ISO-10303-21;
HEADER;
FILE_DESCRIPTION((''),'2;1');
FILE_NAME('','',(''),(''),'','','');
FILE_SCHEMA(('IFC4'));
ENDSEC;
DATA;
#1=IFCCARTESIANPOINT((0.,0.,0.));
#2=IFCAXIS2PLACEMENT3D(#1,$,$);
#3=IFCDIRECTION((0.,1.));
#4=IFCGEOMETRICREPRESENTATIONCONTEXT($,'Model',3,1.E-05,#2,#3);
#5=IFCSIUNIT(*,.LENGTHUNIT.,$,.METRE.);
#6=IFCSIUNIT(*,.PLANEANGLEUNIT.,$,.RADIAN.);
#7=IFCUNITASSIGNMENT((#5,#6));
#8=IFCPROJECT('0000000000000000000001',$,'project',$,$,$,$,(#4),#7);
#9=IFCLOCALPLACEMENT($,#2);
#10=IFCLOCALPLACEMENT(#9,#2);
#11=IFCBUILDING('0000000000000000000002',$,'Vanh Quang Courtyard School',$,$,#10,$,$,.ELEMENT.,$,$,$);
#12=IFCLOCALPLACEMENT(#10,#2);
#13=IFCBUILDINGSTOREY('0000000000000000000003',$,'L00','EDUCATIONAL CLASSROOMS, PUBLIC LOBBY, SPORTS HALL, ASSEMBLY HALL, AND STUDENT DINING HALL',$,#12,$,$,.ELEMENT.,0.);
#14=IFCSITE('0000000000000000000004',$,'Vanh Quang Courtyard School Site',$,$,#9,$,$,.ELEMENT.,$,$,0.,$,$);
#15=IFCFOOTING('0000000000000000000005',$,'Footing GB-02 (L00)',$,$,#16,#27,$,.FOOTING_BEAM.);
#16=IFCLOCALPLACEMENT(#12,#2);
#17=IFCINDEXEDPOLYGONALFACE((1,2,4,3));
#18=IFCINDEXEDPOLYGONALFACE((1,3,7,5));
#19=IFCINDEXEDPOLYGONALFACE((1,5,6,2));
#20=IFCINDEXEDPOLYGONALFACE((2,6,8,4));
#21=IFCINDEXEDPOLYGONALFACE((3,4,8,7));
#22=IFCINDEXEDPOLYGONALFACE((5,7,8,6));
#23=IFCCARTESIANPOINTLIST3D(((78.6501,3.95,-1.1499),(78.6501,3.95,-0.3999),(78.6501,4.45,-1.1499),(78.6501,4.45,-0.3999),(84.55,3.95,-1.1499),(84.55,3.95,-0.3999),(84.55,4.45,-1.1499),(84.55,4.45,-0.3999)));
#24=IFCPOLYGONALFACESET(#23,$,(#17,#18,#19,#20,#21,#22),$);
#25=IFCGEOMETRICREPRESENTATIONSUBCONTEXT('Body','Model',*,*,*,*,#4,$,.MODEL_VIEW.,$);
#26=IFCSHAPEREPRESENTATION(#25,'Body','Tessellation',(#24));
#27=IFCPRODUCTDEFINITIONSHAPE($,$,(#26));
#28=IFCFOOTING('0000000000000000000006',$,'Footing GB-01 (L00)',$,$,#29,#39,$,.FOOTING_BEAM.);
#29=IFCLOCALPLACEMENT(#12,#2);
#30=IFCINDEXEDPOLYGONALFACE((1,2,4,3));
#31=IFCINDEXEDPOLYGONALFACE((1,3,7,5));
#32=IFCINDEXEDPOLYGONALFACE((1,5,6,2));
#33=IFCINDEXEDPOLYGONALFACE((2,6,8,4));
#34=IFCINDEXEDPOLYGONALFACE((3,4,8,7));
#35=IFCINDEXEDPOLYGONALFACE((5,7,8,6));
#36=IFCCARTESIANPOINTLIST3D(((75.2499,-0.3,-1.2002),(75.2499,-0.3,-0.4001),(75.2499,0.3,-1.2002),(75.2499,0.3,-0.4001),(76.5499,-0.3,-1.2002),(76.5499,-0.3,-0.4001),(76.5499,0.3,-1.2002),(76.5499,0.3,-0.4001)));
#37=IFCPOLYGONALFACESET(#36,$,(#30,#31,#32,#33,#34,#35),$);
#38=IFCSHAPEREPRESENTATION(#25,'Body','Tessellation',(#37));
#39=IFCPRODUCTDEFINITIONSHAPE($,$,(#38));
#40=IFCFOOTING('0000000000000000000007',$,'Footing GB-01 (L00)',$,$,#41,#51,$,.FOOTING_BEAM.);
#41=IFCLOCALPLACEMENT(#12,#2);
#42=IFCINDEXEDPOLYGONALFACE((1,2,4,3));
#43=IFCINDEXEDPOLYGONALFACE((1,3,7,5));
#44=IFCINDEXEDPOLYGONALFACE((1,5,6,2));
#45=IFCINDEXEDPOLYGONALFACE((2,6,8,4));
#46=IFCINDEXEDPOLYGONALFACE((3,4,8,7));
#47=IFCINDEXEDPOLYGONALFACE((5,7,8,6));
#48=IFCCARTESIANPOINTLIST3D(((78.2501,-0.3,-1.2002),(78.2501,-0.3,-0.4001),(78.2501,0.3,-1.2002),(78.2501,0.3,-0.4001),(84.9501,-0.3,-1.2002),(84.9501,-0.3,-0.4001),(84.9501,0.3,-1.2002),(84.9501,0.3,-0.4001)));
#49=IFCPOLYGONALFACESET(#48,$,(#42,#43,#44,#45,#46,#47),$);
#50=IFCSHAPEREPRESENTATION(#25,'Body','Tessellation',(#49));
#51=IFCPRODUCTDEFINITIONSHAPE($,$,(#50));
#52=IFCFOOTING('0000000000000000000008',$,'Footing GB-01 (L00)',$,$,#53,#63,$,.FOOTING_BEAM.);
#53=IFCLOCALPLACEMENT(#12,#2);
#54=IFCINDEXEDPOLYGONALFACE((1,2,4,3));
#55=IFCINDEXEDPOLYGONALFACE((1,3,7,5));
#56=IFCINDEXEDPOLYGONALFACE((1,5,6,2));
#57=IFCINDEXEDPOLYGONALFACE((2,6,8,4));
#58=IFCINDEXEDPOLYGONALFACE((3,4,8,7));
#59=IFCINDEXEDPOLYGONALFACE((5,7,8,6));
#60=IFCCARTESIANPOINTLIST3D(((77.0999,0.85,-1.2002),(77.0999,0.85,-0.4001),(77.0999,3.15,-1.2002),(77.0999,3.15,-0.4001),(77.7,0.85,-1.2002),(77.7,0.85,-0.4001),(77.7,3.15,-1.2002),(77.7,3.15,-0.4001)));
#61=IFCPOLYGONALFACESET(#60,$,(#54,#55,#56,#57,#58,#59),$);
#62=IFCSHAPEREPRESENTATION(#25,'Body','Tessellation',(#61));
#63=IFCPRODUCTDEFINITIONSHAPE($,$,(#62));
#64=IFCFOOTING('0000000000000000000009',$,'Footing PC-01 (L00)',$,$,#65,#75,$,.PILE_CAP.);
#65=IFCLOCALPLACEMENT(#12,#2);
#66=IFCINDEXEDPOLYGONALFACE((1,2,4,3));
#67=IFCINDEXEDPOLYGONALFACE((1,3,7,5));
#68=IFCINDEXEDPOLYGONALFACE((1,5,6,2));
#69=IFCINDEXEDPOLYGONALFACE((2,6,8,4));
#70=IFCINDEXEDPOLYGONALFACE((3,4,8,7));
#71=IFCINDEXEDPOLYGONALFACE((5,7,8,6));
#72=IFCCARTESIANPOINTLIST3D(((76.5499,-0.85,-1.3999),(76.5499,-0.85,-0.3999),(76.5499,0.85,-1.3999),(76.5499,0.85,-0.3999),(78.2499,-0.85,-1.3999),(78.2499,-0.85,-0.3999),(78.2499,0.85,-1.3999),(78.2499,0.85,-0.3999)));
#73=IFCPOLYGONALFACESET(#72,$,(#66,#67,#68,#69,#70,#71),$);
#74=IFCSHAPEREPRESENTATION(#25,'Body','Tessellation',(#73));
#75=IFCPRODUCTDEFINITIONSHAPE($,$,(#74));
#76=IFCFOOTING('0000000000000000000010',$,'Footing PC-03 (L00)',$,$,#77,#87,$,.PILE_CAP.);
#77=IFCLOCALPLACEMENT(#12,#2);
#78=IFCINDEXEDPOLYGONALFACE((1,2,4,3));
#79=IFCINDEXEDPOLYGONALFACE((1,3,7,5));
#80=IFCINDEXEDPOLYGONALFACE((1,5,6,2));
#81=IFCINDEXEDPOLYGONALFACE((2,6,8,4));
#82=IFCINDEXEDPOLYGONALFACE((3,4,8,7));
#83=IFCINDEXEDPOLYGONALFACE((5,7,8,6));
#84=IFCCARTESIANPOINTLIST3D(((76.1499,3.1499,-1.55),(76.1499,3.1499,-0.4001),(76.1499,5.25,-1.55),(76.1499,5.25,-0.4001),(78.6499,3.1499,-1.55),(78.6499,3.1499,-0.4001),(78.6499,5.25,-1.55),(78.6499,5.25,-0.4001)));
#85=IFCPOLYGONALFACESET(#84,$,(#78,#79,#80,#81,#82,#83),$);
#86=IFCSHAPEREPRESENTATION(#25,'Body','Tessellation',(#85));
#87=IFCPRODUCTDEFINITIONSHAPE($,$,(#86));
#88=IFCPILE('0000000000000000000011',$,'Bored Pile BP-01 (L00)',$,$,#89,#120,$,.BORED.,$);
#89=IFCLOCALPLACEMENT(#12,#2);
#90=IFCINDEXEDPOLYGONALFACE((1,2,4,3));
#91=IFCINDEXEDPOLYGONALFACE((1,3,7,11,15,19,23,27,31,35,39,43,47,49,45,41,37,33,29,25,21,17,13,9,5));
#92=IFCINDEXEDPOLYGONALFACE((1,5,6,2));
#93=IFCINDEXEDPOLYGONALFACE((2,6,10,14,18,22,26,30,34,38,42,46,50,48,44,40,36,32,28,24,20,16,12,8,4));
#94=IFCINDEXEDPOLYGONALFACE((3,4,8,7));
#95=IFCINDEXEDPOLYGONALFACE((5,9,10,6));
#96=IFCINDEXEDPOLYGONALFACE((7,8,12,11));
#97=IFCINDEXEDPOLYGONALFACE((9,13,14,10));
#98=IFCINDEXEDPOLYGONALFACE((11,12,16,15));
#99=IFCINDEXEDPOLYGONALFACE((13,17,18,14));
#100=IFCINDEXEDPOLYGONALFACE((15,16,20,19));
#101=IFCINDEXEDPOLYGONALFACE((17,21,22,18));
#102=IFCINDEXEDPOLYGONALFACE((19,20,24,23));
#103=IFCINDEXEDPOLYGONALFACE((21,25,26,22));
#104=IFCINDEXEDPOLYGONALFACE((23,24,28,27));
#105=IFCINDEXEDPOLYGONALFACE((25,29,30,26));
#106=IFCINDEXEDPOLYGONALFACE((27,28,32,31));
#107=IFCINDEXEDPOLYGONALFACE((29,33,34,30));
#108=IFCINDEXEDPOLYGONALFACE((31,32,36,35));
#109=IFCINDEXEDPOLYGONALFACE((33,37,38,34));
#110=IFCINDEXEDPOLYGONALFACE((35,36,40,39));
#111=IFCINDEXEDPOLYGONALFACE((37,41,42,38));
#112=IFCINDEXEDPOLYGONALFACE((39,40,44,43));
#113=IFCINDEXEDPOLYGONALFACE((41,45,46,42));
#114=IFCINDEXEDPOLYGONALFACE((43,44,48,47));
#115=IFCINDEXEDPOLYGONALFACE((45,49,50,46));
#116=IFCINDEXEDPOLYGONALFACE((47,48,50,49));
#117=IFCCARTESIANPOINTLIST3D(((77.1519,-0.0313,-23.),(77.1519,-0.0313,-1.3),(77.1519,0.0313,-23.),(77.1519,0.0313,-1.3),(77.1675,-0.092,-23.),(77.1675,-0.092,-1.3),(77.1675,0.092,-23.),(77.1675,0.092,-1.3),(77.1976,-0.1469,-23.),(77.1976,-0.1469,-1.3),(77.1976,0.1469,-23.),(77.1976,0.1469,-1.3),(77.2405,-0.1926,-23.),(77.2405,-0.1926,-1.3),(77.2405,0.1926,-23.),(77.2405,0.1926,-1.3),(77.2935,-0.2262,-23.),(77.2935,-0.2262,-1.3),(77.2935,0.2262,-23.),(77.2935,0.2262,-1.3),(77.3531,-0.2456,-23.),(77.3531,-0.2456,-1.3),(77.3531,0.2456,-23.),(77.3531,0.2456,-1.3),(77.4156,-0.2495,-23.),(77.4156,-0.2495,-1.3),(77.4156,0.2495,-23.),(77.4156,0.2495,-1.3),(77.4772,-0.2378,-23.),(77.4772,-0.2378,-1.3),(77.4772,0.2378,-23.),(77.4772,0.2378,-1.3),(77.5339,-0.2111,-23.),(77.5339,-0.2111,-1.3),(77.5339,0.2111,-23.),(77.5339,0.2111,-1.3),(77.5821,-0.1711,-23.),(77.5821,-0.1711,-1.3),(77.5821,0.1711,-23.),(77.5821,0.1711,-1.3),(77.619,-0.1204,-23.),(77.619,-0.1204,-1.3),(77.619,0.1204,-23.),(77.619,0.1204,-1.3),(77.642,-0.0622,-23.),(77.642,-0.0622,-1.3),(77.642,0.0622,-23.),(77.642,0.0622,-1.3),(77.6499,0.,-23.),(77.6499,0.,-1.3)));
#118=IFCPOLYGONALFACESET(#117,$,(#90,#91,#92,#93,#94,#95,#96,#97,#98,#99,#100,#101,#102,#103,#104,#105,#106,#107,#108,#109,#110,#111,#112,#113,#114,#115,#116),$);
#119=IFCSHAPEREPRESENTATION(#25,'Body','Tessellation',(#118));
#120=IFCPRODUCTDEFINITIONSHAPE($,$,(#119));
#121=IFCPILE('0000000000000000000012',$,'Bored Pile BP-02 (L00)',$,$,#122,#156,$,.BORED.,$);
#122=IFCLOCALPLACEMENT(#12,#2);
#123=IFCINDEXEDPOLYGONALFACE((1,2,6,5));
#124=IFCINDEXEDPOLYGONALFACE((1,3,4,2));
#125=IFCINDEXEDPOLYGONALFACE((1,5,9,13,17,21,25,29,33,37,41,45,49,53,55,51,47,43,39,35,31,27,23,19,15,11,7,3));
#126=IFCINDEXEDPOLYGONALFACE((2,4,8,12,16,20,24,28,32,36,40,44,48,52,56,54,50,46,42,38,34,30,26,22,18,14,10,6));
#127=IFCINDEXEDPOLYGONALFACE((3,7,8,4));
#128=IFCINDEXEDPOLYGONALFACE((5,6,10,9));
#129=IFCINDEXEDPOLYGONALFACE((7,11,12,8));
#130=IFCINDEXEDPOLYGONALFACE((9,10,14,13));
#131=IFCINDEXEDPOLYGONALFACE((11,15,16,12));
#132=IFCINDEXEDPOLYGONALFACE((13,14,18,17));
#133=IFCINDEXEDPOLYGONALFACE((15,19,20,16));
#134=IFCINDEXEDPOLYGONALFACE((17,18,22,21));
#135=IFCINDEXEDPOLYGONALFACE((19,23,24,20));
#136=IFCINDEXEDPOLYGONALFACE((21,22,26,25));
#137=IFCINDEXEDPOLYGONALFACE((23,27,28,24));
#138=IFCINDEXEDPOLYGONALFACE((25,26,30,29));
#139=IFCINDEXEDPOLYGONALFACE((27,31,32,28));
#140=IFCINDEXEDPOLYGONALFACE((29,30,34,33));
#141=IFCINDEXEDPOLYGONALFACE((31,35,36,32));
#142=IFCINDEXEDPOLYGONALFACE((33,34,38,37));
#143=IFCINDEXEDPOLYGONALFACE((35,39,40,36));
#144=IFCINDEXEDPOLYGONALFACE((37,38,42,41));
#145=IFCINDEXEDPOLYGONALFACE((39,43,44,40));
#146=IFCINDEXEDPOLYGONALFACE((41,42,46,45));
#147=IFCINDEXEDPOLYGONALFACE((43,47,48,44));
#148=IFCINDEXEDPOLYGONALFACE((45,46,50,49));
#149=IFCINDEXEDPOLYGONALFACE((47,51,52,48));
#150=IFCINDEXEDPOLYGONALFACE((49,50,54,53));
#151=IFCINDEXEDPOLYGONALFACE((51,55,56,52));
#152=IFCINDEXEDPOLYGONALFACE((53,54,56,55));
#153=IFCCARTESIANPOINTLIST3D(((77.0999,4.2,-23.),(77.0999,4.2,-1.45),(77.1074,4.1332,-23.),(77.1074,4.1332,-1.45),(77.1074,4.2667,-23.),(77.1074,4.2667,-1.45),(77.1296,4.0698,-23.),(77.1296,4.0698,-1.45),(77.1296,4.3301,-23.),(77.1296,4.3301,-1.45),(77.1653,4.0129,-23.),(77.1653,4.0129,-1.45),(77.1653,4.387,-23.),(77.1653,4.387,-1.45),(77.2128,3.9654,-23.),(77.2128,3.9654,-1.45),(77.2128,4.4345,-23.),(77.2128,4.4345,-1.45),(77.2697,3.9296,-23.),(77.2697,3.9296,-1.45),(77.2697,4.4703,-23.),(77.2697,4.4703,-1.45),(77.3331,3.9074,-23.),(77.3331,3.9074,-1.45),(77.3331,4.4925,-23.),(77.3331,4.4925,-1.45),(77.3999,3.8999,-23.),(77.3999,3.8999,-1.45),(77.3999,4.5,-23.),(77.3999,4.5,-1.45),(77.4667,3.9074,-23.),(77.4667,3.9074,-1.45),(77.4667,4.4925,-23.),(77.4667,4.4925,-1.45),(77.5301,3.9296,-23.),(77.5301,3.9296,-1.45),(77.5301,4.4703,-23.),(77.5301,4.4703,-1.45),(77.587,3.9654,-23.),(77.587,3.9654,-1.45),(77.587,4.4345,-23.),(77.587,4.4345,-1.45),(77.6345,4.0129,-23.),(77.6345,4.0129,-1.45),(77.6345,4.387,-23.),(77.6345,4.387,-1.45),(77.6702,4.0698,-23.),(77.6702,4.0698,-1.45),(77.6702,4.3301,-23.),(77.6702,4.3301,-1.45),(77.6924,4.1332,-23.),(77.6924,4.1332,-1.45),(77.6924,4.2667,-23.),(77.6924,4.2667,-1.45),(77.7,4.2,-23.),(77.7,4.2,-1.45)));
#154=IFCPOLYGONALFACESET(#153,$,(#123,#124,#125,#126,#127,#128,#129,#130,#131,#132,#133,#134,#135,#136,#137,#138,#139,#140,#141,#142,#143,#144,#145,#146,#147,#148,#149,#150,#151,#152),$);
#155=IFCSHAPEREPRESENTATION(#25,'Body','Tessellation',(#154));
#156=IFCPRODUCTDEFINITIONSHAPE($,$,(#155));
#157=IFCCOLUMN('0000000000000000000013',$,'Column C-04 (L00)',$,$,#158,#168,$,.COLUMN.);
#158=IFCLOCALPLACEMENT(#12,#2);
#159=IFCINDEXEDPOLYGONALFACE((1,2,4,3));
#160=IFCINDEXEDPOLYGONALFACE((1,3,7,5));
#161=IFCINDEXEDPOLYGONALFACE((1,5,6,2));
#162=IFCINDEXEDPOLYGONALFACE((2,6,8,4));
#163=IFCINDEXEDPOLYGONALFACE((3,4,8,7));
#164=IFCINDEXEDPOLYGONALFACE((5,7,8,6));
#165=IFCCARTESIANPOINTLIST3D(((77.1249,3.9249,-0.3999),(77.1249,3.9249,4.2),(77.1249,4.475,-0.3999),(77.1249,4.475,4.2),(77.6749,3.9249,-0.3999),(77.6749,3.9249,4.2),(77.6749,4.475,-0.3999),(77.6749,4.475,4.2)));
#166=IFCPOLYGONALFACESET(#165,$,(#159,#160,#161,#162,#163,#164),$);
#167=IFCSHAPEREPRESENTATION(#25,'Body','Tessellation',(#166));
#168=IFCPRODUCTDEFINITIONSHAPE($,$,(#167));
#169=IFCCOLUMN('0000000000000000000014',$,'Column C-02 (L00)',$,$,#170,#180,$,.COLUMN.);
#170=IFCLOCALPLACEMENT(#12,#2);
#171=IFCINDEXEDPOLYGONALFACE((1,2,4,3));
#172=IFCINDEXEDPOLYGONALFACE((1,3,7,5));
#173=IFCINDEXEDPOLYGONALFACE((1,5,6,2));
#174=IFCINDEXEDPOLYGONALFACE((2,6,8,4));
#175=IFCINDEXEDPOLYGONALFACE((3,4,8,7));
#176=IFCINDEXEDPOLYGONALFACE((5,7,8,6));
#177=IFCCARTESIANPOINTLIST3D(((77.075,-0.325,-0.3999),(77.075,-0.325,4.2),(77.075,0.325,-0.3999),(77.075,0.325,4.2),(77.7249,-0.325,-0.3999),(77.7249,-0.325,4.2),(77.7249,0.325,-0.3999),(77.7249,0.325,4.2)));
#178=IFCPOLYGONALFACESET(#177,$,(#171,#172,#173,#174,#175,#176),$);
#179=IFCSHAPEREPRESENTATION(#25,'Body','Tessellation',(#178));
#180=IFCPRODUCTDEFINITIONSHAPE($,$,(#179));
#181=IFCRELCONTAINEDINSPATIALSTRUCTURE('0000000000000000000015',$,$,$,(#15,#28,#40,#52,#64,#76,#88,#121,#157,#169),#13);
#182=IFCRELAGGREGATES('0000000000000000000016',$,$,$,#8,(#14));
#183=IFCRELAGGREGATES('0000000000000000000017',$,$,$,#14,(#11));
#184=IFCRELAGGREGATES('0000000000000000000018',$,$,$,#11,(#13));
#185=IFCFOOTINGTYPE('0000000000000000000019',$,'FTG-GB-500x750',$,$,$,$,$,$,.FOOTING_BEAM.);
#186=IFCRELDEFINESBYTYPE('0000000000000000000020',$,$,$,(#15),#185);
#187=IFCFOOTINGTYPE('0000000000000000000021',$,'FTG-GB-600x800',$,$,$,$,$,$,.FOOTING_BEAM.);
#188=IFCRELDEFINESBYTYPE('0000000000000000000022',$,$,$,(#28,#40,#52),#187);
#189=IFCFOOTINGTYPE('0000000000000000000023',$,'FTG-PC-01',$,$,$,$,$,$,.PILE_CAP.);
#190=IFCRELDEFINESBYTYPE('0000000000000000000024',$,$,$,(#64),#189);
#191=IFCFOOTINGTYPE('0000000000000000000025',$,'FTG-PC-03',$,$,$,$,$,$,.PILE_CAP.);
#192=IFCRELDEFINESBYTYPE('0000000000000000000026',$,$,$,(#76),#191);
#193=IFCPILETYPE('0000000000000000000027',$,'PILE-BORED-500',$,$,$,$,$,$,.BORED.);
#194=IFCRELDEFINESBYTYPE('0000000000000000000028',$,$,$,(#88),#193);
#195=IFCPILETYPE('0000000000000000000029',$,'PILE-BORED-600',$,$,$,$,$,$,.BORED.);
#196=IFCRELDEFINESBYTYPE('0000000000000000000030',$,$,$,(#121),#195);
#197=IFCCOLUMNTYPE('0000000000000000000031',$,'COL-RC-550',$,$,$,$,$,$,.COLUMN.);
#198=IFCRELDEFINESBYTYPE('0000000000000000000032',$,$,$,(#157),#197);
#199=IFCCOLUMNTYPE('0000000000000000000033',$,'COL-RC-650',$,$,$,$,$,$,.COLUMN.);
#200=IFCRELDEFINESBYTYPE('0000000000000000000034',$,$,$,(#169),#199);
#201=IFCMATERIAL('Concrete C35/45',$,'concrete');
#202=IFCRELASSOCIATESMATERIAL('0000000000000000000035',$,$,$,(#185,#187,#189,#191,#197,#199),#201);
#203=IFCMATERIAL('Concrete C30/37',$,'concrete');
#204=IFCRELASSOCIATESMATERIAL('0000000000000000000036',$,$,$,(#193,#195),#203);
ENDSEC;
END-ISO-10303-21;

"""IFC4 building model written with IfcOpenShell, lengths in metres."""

from ifc_helpers import new_model, si_unit, direction, frame, origin, origin_2d, place, context, subcontext, project, spatial, rectangle, circle, extrude, material, material_profile, profile_set, type_object, element, save


model = new_model("IFC4")

# Units and contexts
model_context = context("Model", 3, precision=1e-05, world=origin(), true_north=direction((0.0, 1.0)))
body_context = subcontext(model_context, "Body", "Model", "MODEL_VIEW")
ifc_project = project(units=[si_unit("LENGTHUNIT", "METRE"), si_unit("PLANEANGLEUNIT", "RADIAN")], contexts=[model_context])

# Site, building, storey
site_placement = place(None, origin())
site = spatial("IfcSite", under=ifc_project, at=site_placement, Name="Vanh Quang Courtyard School Site", CompositionType="ELEMENT", RefElevation=0.0)
building_placement = place(site_placement, origin())
building = spatial("IfcBuilding", under=site, at=building_placement, Name="Vanh Quang Courtyard School", CompositionType="ELEMENT")
storey_placement = place(building_placement, origin())
storey = spatial("IfcBuildingStorey", under=building, at=storey_placement, Name="L00", Description="EDUCATIONAL CLASSROOMS, PUBLIC LOBBY, SPORTS HALL, ASSEMBLY HALL, AND STUDENT DINING HALL", CompositionType="ELEMENT", Elevation=0.0)

# Footings
ifc_material_1 = material(Name="Concrete C35/45", Category="concrete")
footing_type_1 = type_object("IfcFootingType", Name="FTG-GB-500x750", PredefinedType="FOOTING_BEAM", material=ifc_material_1)
footing_1_placement = place(storey_placement, frame((81.6001, 4.2, -1.1499), z_axis=(0.0, 0.0, 1.0), x_axis=(1.0, 0.0, 0.0)))
element("IfcFooting", 1, at=footing_1_placement, inside=storey, type_object=footing_type_1, Name="Footing GB-02 (L00)", PredefinedType="FOOTING_BEAM", context=body_context, shape_type="SweptSolid", body=[
    extrude(rectangle(XDim=5.8999, YDim=0.5, at=origin_2d()), origin(), (0.0, 0.0, 1.0), 0.75),
])
footing_type_2 = type_object("IfcFootingType", Name="FTG-GB-600x800", PredefinedType="FOOTING_BEAM", material=ifc_material_1)
footing_2_placement = place(storey_placement, frame((75.8999, 0.0, -1.2002), z_axis=(0.0, 0.0, 1.0), x_axis=(1.0, 0.0, 0.0)))
element("IfcFooting", 2, at=footing_2_placement, inside=storey, type_object=footing_type_2, Name="Footing GB-01 (L00)", PredefinedType="FOOTING_BEAM", context=body_context, shape_type="SweptSolid", body=[
    extrude(rectangle(XDim=1.3, YDim=0.6001, at=origin_2d()), origin(), (0.0, 0.0, 1.0), 0.8),
])
footing_3_placement = place(storey_placement, frame((81.6001, 0.0, -1.2002), z_axis=(0.0, 0.0, 1.0), x_axis=(1.0, 0.0, 0.0)))
element("IfcFooting", 3, at=footing_3_placement, inside=storey, type_object=footing_type_2, Name="Footing GB-01 (L00)", PredefinedType="FOOTING_BEAM", context=body_context, shape_type="SweptSolid", body=[
    extrude(rectangle(XDim=6.7, YDim=0.6001, at=origin_2d()), origin(), (0.0, 0.0, 1.0), 0.8),
])
footing_4_placement = place(storey_placement, frame((77.3999, 2.0, -1.2002), z_axis=(0.0, 0.0, 1.0), x_axis=(0.0, 1.0, 0.0)))
element("IfcFooting", 4, at=footing_4_placement, inside=storey, type_object=footing_type_2, Name="Footing GB-01 (L00)", PredefinedType="FOOTING_BEAM", context=body_context, shape_type="SweptSolid", body=[
    extrude(rectangle(XDim=2.3, YDim=0.6001, at=origin_2d()), origin(), (0.0, 0.0, 1.0), 0.8),
])
footing_type_3 = type_object("IfcFootingType", Name="FTG-PC-01", PredefinedType="PILE_CAP", material=ifc_material_1)
footing_5_placement = place(storey_placement, frame((77.3999, 0.0, -1.3999), z_axis=(0.0, 0.0, 1.0), x_axis=(1.0, 0.0, 0.0)))
element("IfcFooting", 5, at=footing_5_placement, inside=storey, type_object=footing_type_3, Name="Footing PC-01 (L00)", PredefinedType="PILE_CAP", context=body_context, shape_type="SweptSolid", body=[
    extrude(rectangle(XDim=1.7, YDim=1.7, at=origin_2d()), origin(), (0.0, 0.0, 1.0), 1.0),
])
footing_type_4 = type_object("IfcFootingType", Name="FTG-PC-03", PredefinedType="PILE_CAP", material=ifc_material_1)
footing_6_placement = place(storey_placement, frame((77.3999, 4.2, -1.55), z_axis=(0.0, 0.0, 1.0), x_axis=(1.0, 0.0, 0.0)))
element("IfcFooting", 6, at=footing_6_placement, inside=storey, type_object=footing_type_4, Name="Footing PC-03 (L00)", PredefinedType="PILE_CAP", context=body_context, shape_type="SweptSolid", body=[
    extrude(rectangle(XDim=2.5, YDim=2.1001, at=origin_2d()), origin(), (0.0, 0.0, 1.0), 1.1499),
])

# Piles
ifc_material_2 = material(Name="Concrete C30/37", Category="concrete")
ifc_material_profile_1 = material_profile(ifc_material_2, circle(Radius=0.25, at=origin_2d()), Name="PILE D500")
ifc_profile_set_1 = profile_set([ifc_material_profile_1], Name="Concrete C30/37")
pile_type_1 = type_object("IfcPileType", Name="PILE-BORED-500", PredefinedType="BORED", material=ifc_profile_set_1)
pile_1_placement = place(storey_placement, frame((77.3999, 0.0, -1.3), z_axis=(0.0, 0.0, -1.0), x_axis=(1.0, 0.0, 0.0)))
element("IfcPile", 7, at=pile_1_placement, inside=storey, type_object=pile_type_1, Name="Bored Pile BP-01 (L00)", PredefinedType="BORED", context=body_context, shape_type="SweptSolid", body=[
    extrude(circle(Radius=0.25, at=origin_2d()), origin(), (0.0, 0.0, 1.0), 21.7),
])
ifc_material_profile_2 = material_profile(ifc_material_2, circle(Radius=0.3, at=origin_2d()), Name="PILE D600")
ifc_profile_set_2 = profile_set([ifc_material_profile_2], Name="Concrete C30/37")
pile_type_2 = type_object("IfcPileType", Name="PILE-BORED-600", PredefinedType="BORED", material=ifc_profile_set_2)
pile_2_placement = place(storey_placement, frame((77.3999, 4.2, -1.45), z_axis=(0.0, 0.0, -1.0), x_axis=(1.0, 0.0, 0.0)))
element("IfcPile", 8, at=pile_2_placement, inside=storey, type_object=pile_type_2, Name="Bored Pile BP-02 (L00)", PredefinedType="BORED", context=body_context, shape_type="SweptSolid", body=[
    extrude(circle(Radius=0.3, at=origin_2d()), origin(), (0.0, 0.0, 1.0), 21.55),
])

# Columns
ifc_material_profile_3 = material_profile(ifc_material_1, rectangle(XDim=0.55, YDim=0.55, at=origin_2d()), Name="RC-COL 550x550")
ifc_profile_set_3 = profile_set([ifc_material_profile_3], Name="Concrete C35/45")
column_type_1 = type_object("IfcColumnType", Name="COL-RC-550", PredefinedType="COLUMN", material=ifc_profile_set_3)
column_1_placement = place(storey_placement, frame((77.3999, 4.2, -0.3999), z_axis=(0.0, 0.0, 1.0), x_axis=(1.0, 0.0, 0.0)))
element("IfcColumn", 9, at=column_1_placement, inside=storey, type_object=column_type_1, Name="Column C-04 (L00)", PredefinedType="COLUMN", context=body_context, shape_type="SweptSolid", body=[
    extrude(rectangle(XDim=0.55, YDim=0.55, at=origin_2d()), origin(), (0.0, 0.0, 1.0), 4.5999),
])
ifc_material_profile_4 = material_profile(ifc_material_1, rectangle(XDim=0.6499, YDim=0.6499, at=origin_2d()), Name="RC-COL 650x650")
ifc_profile_set_4 = profile_set([ifc_material_profile_4], Name="Concrete C35/45")
column_type_2 = type_object("IfcColumnType", Name="COL-RC-650", PredefinedType="COLUMN", material=ifc_profile_set_4)
column_2_placement = place(storey_placement, frame((77.3999, 0.0, -0.3999), z_axis=(0.0, 0.0, 1.0), x_axis=(1.0, 0.0, 0.0)))
element("IfcColumn", 10, at=column_2_placement, inside=storey, type_object=column_type_2, Name="Column C-02 (L00)", PredefinedType="COLUMN", context=body_context, shape_type="SweptSolid", body=[
    extrude(rectangle(XDim=0.6499, YDim=0.6499, at=origin_2d()), origin(), (0.0, 0.0, 1.0), 4.5999),
])

save(model, "model.ifc")
